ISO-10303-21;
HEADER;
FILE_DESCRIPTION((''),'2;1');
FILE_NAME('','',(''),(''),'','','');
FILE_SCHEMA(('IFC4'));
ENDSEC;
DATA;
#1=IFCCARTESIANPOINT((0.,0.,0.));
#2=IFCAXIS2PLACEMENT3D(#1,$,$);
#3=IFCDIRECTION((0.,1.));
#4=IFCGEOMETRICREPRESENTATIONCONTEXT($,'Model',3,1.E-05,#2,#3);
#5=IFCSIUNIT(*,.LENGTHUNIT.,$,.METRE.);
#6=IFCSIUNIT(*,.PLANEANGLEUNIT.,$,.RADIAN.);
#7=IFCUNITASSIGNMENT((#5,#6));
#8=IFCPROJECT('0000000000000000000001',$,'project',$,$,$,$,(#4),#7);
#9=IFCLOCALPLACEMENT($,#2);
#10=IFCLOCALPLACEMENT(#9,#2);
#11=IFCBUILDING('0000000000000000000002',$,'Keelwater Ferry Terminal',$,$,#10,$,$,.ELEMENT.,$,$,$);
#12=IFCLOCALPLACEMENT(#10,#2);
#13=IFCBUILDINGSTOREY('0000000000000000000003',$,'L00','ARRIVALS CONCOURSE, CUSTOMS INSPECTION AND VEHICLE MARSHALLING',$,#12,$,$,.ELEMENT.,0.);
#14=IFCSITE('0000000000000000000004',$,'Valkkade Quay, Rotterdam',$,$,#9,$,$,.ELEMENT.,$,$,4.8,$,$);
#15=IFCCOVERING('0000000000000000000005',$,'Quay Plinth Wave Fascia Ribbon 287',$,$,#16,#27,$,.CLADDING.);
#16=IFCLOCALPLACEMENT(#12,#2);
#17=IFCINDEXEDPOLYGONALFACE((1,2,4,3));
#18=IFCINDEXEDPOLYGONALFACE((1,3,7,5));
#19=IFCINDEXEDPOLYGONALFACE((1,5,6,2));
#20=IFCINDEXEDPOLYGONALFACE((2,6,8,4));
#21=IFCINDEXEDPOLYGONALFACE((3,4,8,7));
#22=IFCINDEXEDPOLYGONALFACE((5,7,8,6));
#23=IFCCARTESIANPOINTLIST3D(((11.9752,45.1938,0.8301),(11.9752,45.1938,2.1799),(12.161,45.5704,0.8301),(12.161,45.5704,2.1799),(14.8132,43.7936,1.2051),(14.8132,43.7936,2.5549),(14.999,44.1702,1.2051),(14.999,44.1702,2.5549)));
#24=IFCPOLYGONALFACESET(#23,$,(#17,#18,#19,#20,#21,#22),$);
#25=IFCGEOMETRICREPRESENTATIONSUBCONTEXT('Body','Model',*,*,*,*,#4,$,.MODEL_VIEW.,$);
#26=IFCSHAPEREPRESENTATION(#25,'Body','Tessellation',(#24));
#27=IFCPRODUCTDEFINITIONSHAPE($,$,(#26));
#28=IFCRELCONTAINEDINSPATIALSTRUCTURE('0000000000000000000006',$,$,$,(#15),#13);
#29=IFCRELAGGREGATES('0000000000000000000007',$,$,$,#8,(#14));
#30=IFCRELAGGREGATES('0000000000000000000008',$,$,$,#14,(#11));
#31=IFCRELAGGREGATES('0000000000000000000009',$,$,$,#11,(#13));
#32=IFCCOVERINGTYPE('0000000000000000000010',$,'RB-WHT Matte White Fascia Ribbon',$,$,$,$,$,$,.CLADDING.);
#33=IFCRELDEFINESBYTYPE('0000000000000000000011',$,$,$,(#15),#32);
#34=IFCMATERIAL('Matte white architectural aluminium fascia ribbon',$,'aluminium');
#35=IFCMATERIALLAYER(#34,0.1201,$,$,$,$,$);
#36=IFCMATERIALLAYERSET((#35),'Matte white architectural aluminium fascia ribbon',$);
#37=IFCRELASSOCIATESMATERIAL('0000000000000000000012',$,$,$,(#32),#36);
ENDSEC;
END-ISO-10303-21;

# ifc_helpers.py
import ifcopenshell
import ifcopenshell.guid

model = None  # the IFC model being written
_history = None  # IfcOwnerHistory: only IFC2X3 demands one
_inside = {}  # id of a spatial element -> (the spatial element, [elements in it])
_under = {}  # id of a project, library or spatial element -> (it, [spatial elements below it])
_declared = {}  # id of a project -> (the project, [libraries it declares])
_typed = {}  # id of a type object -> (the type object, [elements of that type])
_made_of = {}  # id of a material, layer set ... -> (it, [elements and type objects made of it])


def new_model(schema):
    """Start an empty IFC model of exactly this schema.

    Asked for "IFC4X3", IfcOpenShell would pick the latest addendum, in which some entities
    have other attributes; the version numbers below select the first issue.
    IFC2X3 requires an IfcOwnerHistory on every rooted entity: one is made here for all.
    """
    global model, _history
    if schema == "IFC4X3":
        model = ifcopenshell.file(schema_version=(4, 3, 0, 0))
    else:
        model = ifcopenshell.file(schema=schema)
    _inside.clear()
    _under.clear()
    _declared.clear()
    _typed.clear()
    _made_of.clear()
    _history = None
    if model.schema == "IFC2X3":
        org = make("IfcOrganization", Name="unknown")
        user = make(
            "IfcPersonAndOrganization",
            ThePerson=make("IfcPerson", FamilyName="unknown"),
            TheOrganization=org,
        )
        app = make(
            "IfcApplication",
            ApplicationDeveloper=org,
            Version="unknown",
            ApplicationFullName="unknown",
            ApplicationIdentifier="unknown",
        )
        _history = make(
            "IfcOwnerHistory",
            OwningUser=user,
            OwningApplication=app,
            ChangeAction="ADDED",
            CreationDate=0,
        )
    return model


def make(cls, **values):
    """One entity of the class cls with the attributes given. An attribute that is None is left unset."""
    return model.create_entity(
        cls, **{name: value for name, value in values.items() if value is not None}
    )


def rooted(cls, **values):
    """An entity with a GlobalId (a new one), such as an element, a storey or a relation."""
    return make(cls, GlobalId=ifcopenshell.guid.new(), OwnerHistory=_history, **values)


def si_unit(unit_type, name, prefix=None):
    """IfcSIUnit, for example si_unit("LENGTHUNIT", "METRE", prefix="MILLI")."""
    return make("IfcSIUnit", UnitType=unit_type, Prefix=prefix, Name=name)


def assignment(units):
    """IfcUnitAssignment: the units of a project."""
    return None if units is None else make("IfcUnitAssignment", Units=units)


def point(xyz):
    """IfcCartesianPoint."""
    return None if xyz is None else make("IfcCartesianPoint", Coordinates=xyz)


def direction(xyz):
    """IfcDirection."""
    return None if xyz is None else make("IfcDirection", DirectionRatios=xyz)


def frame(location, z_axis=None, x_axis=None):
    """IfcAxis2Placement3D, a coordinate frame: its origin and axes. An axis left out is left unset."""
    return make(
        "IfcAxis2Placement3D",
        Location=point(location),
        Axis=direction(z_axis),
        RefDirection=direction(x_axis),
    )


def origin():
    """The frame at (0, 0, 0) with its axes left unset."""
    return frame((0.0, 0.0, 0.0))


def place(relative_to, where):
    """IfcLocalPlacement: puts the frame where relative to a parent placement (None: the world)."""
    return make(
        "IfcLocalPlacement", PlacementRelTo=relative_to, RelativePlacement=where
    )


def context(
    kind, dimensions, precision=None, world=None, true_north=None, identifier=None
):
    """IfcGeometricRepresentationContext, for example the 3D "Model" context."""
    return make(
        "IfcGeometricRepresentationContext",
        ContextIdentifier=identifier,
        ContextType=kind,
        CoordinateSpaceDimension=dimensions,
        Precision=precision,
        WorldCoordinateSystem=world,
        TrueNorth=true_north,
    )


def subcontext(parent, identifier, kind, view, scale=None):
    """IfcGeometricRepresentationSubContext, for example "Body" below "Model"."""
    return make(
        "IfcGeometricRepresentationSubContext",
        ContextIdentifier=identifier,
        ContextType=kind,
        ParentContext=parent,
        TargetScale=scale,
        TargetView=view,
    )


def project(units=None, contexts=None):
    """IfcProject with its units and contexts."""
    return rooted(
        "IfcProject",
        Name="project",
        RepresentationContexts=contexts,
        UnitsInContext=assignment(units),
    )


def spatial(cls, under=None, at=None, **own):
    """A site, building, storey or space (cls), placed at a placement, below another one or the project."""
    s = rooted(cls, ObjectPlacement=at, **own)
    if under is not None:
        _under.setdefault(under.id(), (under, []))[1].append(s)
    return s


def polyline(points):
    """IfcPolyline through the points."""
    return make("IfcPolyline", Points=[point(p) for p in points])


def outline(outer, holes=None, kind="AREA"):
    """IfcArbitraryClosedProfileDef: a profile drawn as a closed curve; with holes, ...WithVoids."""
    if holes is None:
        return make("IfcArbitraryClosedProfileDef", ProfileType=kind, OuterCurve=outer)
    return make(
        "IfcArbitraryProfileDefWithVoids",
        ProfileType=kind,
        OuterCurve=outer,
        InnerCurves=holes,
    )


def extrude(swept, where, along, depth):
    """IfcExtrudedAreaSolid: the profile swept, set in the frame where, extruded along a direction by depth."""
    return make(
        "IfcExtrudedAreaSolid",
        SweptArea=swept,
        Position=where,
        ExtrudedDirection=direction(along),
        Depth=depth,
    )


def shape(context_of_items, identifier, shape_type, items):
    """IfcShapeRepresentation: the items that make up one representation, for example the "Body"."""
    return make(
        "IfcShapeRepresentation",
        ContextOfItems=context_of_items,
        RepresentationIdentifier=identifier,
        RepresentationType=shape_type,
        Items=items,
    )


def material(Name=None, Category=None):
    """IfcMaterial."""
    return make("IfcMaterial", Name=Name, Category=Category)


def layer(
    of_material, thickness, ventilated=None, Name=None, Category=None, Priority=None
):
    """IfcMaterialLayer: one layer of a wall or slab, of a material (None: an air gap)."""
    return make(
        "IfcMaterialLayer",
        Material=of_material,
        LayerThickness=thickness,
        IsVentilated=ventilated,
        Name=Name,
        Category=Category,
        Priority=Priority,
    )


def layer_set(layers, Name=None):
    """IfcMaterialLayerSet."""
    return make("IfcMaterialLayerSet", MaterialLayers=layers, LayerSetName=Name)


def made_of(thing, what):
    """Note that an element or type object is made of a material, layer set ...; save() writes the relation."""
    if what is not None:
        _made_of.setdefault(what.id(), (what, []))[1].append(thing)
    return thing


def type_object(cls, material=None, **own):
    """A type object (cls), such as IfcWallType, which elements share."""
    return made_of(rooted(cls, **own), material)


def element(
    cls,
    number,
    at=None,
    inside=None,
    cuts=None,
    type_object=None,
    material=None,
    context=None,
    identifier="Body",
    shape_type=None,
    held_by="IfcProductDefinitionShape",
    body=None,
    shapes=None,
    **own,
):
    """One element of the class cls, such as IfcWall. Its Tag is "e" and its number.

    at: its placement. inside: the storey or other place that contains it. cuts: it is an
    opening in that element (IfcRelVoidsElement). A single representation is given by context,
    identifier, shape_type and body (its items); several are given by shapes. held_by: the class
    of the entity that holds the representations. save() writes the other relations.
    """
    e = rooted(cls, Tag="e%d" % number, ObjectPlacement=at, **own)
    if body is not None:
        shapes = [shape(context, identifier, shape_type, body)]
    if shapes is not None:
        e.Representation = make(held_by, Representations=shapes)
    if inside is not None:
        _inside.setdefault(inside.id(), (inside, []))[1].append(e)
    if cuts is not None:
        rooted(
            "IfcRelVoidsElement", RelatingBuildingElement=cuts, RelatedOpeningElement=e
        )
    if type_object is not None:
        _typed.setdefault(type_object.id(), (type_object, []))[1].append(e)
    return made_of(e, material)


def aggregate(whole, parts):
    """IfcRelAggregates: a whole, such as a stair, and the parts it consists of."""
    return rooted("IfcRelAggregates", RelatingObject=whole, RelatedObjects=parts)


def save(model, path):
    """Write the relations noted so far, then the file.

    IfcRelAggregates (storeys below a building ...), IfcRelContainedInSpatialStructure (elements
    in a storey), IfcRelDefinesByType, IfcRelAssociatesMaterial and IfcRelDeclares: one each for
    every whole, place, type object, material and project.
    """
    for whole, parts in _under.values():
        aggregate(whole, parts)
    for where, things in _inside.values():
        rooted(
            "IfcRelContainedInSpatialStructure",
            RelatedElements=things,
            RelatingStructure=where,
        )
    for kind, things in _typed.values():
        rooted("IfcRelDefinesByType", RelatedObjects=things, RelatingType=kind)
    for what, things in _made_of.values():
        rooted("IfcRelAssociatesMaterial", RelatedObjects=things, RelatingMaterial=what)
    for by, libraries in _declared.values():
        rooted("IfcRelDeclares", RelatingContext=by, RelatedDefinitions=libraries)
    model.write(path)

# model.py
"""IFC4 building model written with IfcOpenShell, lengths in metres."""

from ifc_helpers import new_model, si_unit, direction, frame, origin, place, context, subcontext, project, spatial, polyline, outline, extrude, material, layer, layer_set, type_object, element, save


model = new_model("IFC4")

# Units and contexts
model_context = context("Model", 3, precision=1e-05, world=origin(), true_north=direction((0.0, 1.0)))
body_context = subcontext(model_context, "Body", "Model", "MODEL_VIEW")
ifc_project = project(units=[si_unit("LENGTHUNIT", "METRE"), si_unit("PLANEANGLEUNIT", "RADIAN")], contexts=[model_context])

# Site, building, storey
site_placement = place(None, origin())
site = spatial("IfcSite", under=ifc_project, at=site_placement, Name="Valkkade Quay, Rotterdam", CompositionType="ELEMENT", RefElevation=4.8)
building_placement = place(site_placement, origin())
building = spatial("IfcBuilding", under=site, at=building_placement, Name="Keelwater Ferry Terminal", CompositionType="ELEMENT")
storey_placement = place(building_placement, origin())
storey = spatial("IfcBuildingStorey", under=building, at=storey_placement, Name="L00", Description="ARRIVALS CONCOURSE, CUSTOMS INSPECTION AND VEHICLE MARSHALLING", CompositionType="ELEMENT", Elevation=0.0)

# Covering
ifc_material_1 = material(Name="Matte white architectural aluminium fascia ribbon", Category="aluminium")
ifc_layer_1 = layer(ifc_material_1, 0.1201)
ifc_layer_set_1 = layer_set([ifc_layer_1], Name="Matte white architectural aluminium fascia ribbon")
covering_type = type_object("IfcCoveringType", Name="RB-WHT Matte White Fascia Ribbon", PredefinedType="CLADDING", material=ifc_layer_set_1)
covering_1_placement = place(storey_placement, frame((12.0681, 45.3821, 0.8301), z_axis=(0.0, 0.0, 1.0), x_axis=(0.896791, -0.442455, 0.0)))
element("IfcCovering", 1, at=covering_1_placement, inside=storey, type_object=covering_type, Name="Quay Plinth Wave Fascia Ribbon 287", PredefinedType="CLADDING", context=body_context, shape_type="SweptSolid", body=[
    extrude(outline(polyline([(0.0, 0.0), (3.1646, 0.375), (3.1646, 1.7249), (0.0, 1.3499), (0.0, 0.0)])), frame((0.0, 0.21, 0.0), z_axis=(0.0, -1.0, 0.0), x_axis=(1.0, 0.0, 0.0)), (0.0, 0.0, 1.0), 0.4199),
])

save(model, "model.ifc")
